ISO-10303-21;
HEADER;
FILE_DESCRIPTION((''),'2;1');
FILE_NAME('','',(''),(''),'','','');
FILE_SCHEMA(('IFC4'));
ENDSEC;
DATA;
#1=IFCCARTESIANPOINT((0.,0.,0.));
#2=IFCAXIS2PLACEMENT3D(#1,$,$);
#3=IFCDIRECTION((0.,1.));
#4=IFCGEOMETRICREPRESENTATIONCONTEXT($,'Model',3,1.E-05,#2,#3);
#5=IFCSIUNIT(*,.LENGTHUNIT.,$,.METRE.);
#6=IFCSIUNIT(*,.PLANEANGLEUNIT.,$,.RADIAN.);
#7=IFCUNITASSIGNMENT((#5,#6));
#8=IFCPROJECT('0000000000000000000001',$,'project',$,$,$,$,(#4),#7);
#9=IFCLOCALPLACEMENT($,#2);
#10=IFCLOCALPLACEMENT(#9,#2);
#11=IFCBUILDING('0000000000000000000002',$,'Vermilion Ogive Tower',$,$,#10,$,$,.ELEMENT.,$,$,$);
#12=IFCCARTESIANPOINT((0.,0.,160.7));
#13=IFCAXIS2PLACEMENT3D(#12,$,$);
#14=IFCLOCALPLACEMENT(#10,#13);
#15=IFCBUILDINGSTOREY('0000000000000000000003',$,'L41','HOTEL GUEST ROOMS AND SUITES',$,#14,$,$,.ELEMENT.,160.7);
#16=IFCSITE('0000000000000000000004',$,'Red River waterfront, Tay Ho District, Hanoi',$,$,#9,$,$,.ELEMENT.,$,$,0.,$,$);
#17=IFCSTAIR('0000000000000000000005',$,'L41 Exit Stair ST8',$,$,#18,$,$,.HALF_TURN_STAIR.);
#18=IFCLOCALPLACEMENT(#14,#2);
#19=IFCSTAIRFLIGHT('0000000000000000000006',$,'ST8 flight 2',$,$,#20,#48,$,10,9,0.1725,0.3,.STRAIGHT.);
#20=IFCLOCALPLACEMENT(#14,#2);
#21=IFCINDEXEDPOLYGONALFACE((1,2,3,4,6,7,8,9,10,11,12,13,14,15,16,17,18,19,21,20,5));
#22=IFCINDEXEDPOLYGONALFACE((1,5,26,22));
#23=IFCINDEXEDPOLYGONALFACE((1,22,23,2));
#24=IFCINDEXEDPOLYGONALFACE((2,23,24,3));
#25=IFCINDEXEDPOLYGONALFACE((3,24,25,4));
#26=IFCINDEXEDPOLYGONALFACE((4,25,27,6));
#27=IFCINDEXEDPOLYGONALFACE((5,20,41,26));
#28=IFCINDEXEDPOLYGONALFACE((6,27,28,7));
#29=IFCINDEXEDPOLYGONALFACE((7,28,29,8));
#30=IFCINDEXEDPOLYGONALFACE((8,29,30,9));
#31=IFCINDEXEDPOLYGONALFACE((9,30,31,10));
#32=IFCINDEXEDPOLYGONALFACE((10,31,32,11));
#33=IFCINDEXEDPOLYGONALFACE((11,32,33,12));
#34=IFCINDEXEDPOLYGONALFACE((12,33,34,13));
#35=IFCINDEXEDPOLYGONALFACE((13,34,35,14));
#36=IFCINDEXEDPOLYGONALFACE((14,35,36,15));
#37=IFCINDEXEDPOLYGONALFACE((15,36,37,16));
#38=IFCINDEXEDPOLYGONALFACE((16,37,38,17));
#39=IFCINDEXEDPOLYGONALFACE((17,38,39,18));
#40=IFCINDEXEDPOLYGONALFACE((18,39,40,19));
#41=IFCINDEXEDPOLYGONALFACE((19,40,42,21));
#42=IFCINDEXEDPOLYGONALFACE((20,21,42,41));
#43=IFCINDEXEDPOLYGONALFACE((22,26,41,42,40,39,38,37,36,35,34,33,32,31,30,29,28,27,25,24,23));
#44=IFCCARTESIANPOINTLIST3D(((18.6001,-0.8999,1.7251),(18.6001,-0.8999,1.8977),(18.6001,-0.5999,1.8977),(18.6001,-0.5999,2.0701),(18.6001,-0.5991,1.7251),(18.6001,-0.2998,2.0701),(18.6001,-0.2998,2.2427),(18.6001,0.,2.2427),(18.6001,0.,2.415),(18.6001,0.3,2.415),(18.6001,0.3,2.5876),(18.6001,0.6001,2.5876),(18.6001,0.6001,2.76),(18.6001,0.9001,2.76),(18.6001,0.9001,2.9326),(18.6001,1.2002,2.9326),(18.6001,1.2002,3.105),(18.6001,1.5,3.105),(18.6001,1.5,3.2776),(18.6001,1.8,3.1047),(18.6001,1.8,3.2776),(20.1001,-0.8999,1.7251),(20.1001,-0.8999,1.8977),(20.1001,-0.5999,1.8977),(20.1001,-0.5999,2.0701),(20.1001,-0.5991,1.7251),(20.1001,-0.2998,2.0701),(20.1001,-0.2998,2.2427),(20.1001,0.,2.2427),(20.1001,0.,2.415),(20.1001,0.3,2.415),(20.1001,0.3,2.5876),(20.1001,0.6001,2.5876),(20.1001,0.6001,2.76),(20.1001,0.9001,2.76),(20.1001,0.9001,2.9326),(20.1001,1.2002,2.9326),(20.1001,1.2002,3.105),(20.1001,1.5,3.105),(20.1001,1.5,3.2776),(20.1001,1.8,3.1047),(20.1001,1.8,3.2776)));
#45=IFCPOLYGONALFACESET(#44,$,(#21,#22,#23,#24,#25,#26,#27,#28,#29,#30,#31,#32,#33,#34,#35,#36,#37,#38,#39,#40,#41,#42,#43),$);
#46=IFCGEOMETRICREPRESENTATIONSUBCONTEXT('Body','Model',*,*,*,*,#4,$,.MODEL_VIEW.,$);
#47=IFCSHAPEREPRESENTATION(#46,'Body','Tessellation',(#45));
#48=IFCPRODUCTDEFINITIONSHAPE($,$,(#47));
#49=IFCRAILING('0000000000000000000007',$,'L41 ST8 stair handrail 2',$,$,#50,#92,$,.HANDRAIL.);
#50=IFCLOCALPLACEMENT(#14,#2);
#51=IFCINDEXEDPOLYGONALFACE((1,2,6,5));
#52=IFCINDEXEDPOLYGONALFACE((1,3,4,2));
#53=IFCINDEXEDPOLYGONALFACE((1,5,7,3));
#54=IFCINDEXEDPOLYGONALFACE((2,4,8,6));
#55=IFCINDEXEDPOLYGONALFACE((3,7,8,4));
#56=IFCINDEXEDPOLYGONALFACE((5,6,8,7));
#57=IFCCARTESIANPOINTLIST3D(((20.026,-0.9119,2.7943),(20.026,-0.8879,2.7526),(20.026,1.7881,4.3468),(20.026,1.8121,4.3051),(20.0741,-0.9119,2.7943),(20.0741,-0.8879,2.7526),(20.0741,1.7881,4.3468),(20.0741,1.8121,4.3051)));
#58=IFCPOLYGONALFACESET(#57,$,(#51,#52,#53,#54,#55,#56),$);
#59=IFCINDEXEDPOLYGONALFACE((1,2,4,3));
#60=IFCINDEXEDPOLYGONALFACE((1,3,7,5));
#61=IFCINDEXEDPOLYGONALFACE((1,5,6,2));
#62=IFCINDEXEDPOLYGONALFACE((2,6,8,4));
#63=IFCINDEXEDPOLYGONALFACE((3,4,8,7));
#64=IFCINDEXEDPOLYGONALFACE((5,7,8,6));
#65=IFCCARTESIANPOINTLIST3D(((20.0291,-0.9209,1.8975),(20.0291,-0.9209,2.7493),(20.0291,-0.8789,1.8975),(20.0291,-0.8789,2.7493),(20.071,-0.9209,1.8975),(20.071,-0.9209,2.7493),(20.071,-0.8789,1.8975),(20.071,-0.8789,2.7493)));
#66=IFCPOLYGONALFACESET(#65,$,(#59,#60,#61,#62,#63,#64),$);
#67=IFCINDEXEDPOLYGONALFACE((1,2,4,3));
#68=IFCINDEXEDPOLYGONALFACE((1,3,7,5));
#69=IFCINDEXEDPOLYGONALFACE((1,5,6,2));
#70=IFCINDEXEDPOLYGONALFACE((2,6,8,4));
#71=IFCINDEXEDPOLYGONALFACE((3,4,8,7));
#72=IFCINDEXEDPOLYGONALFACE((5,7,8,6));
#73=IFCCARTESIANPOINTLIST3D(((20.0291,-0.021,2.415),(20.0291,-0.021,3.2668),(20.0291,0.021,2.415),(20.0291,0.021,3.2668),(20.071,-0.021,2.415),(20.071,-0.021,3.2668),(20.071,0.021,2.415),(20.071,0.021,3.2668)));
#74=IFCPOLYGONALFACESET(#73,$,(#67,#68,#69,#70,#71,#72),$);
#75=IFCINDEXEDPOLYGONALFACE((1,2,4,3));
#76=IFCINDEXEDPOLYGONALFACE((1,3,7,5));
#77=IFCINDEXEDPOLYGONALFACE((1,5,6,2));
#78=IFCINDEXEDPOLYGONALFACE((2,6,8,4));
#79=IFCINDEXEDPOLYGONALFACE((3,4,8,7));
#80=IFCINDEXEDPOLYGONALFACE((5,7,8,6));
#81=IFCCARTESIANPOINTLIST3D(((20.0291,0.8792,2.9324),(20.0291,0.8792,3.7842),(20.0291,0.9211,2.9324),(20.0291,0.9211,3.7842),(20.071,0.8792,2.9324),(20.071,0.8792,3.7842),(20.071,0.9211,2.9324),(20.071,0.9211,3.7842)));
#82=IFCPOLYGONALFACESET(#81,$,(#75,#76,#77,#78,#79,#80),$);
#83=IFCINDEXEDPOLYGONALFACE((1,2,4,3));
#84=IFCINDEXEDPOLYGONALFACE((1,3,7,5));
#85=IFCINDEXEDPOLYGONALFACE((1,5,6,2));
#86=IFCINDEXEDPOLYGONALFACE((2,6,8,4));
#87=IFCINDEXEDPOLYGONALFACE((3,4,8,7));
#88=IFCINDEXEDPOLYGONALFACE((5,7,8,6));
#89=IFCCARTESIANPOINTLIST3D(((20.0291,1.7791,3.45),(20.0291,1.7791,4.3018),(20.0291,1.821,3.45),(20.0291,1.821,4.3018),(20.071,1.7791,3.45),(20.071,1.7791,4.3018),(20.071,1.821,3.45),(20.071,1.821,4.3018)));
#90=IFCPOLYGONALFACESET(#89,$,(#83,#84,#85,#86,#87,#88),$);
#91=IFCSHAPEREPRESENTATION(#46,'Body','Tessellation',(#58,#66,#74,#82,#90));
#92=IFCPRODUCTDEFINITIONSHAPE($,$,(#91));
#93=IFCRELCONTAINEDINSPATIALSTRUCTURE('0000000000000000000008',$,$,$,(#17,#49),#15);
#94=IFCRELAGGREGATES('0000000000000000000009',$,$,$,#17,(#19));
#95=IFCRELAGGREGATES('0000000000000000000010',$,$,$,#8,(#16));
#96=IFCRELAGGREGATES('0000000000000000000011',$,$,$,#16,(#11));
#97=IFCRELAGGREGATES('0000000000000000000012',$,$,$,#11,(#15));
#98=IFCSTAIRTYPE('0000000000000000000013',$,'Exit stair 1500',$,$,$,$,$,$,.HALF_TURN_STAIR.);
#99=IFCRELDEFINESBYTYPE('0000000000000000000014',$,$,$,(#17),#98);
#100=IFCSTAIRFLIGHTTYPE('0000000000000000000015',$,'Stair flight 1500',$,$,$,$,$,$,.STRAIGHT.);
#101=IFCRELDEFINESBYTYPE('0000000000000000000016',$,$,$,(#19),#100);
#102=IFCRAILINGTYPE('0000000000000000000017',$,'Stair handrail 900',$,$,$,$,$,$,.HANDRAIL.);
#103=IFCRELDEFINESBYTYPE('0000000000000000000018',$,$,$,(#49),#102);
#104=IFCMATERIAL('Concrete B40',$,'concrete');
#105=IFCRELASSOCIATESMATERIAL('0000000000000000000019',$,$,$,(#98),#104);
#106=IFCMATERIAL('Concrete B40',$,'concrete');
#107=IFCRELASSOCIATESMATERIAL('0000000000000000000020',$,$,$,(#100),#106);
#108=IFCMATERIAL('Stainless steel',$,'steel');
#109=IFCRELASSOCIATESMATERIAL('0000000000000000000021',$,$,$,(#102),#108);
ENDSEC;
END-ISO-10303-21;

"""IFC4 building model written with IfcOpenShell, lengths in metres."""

from ifc_helpers import new_model, si_unit, direction, frame, origin, origin_2d, place, context, subcontext, project, spatial, polyline, rectangle, outline, extrude, material, type_object, element, aggregate, save


model = new_model("IFC4")

# Units and contexts
model_context = context("Model", 3, precision=1e-05, world=origin(), true_north=direction((0.0, 1.0)))
body_context = subcontext(model_context, "Body", "Model", "MODEL_VIEW")
ifc_project = project(units=[si_unit("LENGTHUNIT", "METRE"), si_unit("PLANEANGLEUNIT", "RADIAN")], contexts=[model_context])

# Site, building, storey
site_placement = place(None, origin())
site = spatial("IfcSite", under=ifc_project, at=site_placement, Name="Red River waterfront, Tay Ho District, Hanoi", CompositionType="ELEMENT", RefElevation=0.0)
building_placement = place(site_placement, origin())
building = spatial("IfcBuilding", under=site, at=building_placement, Name="Vermilion Ogive Tower", CompositionType="ELEMENT")
storey_placement = place(building_placement, frame((0.0, 0.0, 160.7)))
storey = spatial("IfcBuildingStorey", under=building, at=storey_placement, Name="L41", Description="HOTEL GUEST ROOMS AND SUITES", CompositionType="ELEMENT", Elevation=160.7)

# Stair, stair flight
ifc_material_1 = material(Name="Concrete B40", Category="concrete")
stair_type = type_object("IfcStairType", Name="Exit stair 1500", PredefinedType="HALF_TURN_STAIR", material=ifc_material_1)
stair_placement = place(storey_placement, origin())
stair = element("IfcStair", 1, at=stair_placement, inside=storey, type_object=stair_type, Name="L41 Exit Stair ST8", PredefinedType="HALF_TURN_STAIR")
ifc_material_2 = material(Name="Concrete B40", Category="concrete")
stair_flight_type = type_object("IfcStairFlightType", Name="Stair flight 1500", PredefinedType="STRAIGHT", material=ifc_material_2)
stair_flight_placement = place(storey_placement, frame((19.3501, -0.8999, 1.7251), z_axis=(0.0, 0.0, 1.0), x_axis=(0.0, 1.0, 0.0)))
stair_flight = element("IfcStairFlight", 2, at=stair_flight_placement, type_object=stair_flight_type, Name="ST8 flight 2", NumberOfRisers=10, NumberOfTreads=9, PredefinedType="STRAIGHT", RiserHeight=0.1725, TreadLength=0.3, context=body_context, shape_type="SweptSolid", body=[
    extrude(outline(polyline([(0.0, 0.0), (0.0, 0.1726), (0.3, 0.1726), (0.3, 0.345), (0.6001, 0.345), (0.6001, 0.5176), (0.8999, 0.5176), (0.8999, 0.6899), (1.2, 0.6899), (1.2, 0.8625), (1.5, 0.8625), (1.5, 1.0349), (1.8, 1.0349), (1.8, 1.2075), (2.1001, 1.2075), (2.1001, 1.3799), (2.3999, 1.3799), (2.3999, 1.5525), (2.7, 1.5525), (2.7, 1.7251), (2.7, 1.3796), (0.3008, 0.0), (0.0, 0.0)])), frame((0.0, 0.75, 0.0), z_axis=(0.0, -1.0, 0.0), x_axis=(1.0, 0.0, 0.0)), (0.0, 0.0, 1.0), 1.5),
])
aggregate(stair, [stair_flight])

# Railing
ifc_material_3 = material(Name="Stainless steel", Category="steel")
railing_type = type_object("IfcRailingType", Name="Stair handrail 900", PredefinedType="HANDRAIL", material=ifc_material_3)
railing_placement = place(storey_placement, frame((20.05, -0.8999, 1.8975)))
element("IfcRailing", 3, at=railing_placement, inside=storey, type_object=railing_type, Name="L41 ST8 stair handrail 2", PredefinedType="HANDRAIL", context=body_context, shape_type="SweptSolid", body=[
    extrude(rectangle(XDim=0.0481, YDim=0.0481, at=origin_2d()), frame((0.0, 0.0, 0.876), z_axis=(0.0, 0.866904, 0.498476), x_axis=(-1.0, 0.0, 0.0)), (0.0, 0.0, 1.0), 3.1145),
    extrude(rectangle(XDim=0.042, YDim=0.042, at=origin_2d()), origin(), (0.0, 0.0, 1.0), 0.8518),
    extrude(rectangle(XDim=0.042, YDim=0.042, at=origin_2d()), frame((0.0, 0.8999, 0.5176)), (0.0, 0.0, 1.0), 0.8518),
    extrude(rectangle(XDim=0.042, YDim=0.042, at=origin_2d()), frame((0.0, 1.8, 1.0349)), (0.0, 0.0, 1.0), 0.8518),
    extrude(rectangle(XDim=0.042, YDim=0.042, at=origin_2d()), frame((0.0, 2.7, 1.5525)), (0.0, 0.0, 1.0), 0.8518),
])

save(model, "model.ifc")
